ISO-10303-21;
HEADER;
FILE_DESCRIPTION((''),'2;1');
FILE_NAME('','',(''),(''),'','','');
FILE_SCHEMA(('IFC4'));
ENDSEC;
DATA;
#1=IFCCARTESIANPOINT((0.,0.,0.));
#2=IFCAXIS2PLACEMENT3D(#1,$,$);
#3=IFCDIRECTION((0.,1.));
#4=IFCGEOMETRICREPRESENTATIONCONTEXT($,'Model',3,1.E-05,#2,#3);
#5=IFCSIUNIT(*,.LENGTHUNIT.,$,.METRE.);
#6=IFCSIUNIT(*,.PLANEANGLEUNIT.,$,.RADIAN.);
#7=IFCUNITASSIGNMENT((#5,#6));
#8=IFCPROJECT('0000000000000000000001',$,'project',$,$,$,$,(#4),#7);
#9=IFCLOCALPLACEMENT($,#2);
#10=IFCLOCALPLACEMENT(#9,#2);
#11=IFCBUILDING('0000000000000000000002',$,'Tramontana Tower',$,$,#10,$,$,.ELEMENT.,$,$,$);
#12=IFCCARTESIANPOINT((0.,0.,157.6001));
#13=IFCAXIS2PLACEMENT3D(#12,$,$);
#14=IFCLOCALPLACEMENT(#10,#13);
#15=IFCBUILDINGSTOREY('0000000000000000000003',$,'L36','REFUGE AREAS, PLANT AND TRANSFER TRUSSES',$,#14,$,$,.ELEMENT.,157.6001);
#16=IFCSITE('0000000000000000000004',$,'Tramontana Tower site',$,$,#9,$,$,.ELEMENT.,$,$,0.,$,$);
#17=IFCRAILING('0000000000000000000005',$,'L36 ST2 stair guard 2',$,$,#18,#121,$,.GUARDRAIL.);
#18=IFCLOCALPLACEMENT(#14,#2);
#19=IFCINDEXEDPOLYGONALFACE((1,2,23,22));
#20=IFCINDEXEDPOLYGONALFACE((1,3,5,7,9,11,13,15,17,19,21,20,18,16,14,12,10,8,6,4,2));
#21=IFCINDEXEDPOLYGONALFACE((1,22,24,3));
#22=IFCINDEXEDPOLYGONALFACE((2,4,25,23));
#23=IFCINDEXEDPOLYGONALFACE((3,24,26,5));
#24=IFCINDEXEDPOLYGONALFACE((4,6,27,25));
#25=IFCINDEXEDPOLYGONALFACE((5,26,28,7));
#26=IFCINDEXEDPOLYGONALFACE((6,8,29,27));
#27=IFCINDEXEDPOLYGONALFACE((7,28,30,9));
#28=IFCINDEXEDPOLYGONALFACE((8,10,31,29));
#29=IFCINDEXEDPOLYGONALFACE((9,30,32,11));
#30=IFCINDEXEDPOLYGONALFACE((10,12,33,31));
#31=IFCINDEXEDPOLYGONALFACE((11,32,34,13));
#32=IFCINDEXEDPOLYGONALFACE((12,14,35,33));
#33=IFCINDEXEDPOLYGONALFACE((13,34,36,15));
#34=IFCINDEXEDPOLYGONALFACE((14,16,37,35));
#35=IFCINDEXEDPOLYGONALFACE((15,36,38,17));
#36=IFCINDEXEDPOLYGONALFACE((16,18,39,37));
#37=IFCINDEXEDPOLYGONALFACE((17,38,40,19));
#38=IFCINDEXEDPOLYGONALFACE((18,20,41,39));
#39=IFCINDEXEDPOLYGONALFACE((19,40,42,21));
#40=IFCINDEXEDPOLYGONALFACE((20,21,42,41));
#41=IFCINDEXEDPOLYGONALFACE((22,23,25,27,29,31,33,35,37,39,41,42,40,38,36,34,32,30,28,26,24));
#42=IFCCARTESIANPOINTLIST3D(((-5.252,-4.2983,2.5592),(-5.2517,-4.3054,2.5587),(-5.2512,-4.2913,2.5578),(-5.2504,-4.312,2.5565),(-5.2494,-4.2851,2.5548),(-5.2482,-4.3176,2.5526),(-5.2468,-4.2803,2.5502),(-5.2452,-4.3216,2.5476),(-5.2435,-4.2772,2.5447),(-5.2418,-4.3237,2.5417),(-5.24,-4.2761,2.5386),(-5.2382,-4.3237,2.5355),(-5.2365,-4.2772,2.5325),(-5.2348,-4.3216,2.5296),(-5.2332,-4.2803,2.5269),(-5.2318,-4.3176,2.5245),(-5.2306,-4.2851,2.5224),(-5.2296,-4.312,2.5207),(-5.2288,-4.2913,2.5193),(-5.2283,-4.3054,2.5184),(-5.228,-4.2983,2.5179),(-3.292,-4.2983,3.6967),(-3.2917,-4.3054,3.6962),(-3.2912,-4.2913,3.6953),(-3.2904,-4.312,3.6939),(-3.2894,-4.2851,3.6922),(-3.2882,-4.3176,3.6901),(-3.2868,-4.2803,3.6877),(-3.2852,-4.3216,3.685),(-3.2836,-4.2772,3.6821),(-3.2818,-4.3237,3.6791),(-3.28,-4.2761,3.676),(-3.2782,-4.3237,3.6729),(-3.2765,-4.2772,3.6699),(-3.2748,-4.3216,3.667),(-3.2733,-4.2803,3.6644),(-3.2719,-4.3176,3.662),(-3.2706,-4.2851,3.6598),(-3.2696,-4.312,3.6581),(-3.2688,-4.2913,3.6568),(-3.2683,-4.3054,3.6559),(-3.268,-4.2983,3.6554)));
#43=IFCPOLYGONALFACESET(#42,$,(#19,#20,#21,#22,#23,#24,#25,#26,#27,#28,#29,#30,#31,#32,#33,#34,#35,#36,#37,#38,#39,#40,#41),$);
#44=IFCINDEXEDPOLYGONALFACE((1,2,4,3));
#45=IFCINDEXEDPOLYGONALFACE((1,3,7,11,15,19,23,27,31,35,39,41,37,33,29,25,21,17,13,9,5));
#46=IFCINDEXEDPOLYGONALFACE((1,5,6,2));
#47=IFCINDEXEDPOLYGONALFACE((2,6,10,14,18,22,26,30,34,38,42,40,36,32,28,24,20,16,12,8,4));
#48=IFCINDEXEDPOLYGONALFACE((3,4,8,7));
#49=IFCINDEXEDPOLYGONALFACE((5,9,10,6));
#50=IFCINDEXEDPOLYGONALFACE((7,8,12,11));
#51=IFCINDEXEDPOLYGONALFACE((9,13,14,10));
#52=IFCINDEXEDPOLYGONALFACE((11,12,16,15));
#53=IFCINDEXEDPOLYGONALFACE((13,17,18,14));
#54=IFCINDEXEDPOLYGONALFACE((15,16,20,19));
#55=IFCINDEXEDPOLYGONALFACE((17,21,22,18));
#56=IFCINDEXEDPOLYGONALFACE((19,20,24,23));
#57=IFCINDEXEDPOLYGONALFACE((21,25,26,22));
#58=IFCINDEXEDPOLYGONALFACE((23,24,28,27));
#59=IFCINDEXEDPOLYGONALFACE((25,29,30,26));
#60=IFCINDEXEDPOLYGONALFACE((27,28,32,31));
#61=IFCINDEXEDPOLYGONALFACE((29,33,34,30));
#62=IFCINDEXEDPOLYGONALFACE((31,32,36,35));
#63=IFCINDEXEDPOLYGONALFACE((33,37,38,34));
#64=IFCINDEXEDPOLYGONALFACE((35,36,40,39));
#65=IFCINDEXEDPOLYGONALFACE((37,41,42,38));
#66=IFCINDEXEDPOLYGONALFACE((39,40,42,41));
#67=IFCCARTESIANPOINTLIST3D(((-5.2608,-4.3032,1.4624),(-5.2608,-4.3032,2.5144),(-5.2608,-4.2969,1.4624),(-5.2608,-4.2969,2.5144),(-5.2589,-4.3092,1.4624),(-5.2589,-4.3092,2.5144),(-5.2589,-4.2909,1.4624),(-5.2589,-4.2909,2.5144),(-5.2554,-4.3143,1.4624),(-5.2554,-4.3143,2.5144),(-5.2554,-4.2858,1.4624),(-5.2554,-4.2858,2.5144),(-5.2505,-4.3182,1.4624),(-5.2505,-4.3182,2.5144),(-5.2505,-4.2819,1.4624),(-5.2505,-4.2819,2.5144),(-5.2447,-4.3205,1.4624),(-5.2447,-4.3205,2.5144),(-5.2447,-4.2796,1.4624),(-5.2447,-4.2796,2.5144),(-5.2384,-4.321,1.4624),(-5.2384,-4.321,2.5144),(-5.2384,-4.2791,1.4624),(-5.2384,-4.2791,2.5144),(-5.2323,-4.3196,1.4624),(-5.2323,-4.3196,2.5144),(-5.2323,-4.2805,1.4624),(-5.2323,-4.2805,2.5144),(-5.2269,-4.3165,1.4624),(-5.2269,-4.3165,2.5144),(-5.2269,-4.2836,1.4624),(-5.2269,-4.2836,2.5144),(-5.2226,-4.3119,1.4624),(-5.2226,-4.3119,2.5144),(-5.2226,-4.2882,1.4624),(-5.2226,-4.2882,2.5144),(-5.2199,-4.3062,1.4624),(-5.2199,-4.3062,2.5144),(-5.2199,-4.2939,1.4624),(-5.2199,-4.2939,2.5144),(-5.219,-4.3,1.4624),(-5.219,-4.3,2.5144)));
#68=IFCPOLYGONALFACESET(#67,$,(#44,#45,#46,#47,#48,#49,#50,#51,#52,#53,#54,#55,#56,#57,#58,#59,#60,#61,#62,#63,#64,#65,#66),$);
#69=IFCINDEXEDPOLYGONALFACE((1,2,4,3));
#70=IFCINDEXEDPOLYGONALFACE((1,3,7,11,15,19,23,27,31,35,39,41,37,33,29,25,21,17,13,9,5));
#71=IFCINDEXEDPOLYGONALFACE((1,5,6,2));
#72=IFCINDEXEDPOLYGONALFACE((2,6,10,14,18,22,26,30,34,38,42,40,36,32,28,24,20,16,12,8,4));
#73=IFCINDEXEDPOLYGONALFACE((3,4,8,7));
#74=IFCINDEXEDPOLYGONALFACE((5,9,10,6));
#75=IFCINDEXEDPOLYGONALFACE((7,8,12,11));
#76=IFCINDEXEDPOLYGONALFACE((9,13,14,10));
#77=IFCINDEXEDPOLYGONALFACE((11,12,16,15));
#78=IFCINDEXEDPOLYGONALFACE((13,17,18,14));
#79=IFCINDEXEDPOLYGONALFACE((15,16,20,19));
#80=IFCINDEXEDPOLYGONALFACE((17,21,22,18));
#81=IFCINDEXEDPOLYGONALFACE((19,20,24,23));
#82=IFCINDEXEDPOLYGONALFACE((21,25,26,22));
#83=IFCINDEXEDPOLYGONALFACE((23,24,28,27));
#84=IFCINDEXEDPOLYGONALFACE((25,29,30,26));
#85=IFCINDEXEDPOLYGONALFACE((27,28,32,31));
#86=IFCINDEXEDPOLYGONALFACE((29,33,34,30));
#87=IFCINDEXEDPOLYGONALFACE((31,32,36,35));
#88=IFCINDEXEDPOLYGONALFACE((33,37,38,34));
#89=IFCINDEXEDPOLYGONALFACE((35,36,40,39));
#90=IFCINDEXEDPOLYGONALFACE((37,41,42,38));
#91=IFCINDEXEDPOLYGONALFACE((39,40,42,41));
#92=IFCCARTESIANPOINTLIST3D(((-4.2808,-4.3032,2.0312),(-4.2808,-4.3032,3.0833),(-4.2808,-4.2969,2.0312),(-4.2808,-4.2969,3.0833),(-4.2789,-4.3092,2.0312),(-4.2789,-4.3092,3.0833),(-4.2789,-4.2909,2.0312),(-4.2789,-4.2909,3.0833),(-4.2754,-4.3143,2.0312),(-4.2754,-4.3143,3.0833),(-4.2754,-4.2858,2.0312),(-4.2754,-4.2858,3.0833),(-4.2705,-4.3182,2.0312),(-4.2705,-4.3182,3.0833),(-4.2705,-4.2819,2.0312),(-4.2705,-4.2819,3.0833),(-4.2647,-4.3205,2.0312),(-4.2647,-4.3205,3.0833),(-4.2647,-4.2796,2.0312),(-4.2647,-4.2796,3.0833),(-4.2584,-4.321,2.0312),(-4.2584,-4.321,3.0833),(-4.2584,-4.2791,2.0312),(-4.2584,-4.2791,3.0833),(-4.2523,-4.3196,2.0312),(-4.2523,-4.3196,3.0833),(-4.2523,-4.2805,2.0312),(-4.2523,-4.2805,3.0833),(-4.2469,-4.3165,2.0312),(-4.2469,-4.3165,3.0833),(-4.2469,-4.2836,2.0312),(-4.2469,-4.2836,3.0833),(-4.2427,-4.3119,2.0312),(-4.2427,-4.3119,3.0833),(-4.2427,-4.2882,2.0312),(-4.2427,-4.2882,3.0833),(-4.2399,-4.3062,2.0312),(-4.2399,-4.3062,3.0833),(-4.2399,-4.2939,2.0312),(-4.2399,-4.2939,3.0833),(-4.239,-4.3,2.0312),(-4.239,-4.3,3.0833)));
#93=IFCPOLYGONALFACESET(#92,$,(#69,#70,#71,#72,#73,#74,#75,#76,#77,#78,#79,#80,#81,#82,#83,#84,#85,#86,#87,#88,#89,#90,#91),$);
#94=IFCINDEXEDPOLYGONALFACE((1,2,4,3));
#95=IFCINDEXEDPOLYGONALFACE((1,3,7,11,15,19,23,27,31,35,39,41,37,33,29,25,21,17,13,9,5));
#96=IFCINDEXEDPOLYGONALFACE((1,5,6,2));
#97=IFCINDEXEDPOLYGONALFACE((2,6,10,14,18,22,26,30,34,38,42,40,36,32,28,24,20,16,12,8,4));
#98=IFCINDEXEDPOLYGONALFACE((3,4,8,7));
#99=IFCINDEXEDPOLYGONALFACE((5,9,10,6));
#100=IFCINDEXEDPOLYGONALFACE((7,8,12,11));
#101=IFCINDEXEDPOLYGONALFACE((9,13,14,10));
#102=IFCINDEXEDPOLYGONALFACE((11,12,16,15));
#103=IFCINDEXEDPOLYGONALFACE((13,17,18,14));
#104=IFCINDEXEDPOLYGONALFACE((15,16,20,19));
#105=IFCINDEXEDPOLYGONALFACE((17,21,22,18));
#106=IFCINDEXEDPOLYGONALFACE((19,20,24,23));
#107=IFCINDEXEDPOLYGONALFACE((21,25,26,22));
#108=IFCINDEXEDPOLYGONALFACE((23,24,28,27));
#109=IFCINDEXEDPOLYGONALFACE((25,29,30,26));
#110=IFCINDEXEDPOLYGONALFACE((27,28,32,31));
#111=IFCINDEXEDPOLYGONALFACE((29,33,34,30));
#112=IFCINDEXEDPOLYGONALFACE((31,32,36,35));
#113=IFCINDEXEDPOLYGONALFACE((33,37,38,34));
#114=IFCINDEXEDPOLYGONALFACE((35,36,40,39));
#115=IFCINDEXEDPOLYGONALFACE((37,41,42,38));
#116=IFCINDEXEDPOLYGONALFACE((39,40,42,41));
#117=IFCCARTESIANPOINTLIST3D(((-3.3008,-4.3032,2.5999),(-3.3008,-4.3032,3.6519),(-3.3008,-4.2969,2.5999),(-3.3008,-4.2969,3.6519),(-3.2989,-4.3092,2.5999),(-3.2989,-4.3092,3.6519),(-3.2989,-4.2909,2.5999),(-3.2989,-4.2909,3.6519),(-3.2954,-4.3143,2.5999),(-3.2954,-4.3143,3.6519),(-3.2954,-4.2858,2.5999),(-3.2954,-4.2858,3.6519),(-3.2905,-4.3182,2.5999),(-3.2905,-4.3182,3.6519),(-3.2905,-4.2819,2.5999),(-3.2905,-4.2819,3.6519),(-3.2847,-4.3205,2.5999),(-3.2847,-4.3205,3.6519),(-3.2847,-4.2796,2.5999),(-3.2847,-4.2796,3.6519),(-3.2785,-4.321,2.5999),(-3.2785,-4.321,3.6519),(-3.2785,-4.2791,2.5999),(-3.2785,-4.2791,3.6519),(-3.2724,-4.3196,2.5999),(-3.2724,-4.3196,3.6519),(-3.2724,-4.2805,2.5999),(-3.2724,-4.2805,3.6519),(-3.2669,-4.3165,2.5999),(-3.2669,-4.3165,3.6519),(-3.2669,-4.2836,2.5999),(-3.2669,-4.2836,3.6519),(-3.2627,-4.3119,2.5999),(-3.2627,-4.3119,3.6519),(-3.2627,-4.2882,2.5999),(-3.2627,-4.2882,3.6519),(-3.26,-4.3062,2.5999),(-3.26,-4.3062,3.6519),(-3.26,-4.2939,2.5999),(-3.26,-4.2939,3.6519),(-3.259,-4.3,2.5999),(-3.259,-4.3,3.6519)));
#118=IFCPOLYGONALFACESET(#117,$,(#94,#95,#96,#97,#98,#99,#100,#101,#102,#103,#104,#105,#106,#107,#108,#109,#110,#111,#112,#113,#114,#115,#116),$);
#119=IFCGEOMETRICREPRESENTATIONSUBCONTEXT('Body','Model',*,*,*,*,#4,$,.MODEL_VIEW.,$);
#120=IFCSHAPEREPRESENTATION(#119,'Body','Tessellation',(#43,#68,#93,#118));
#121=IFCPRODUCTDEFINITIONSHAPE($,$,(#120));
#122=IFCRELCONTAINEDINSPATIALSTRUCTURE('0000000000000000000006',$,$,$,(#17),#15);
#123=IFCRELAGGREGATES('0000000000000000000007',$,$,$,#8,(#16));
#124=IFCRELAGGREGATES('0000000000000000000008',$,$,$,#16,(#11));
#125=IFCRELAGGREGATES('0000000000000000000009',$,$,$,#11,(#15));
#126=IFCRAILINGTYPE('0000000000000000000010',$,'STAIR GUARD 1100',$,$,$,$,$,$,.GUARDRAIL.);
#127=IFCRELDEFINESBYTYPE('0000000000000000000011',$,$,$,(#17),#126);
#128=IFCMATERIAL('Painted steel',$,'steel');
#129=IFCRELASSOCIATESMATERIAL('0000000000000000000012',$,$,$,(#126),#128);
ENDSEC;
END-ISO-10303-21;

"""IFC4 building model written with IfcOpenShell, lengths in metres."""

from ifc_helpers import new_model, si_unit, direction, frame, origin, origin_2d, place, context, subcontext, project, spatial, circle, extrude, material, type_object, element, save


model = new_model("IFC4")

# Units and contexts
model_context = context("Model", 3, precision=1e-05, world=origin(), true_north=direction((0.0, 1.0)))
body_context = subcontext(model_context, "Body", "Model", "MODEL_VIEW")
ifc_project = project(units=[si_unit("LENGTHUNIT", "METRE"), si_unit("PLANEANGLEUNIT", "RADIAN")], contexts=[model_context])

# Site, building, storey
site_placement = place(None, origin())
site = spatial("IfcSite", under=ifc_project, at=site_placement, Name="Tramontana Tower site", CompositionType="ELEMENT", RefElevation=0.0)
building_placement = place(site_placement, origin())
building = spatial("IfcBuilding", under=site, at=building_placement, Name="Tramontana Tower", CompositionType="ELEMENT")
storey_placement = place(building_placement, frame((0.0, 0.0, 157.6001)))
storey = spatial("IfcBuildingStorey", under=building, at=storey_placement, Name="L36", Description="REFUGE AREAS, PLANT AND TRANSFER TRUSSES", CompositionType="ELEMENT", Elevation=157.6001)

# Railing
ifc_material_1 = material(Name="Painted steel", Category="steel")
railing_type_1 = type_object("IfcRailingType", Name="STAIR GUARD 1100", PredefinedType="GUARDRAIL", material=ifc_material_1)
railing_1_placement = place(storey_placement, frame((-5.24, -4.3, 1.4624)))
element("IfcRailing", 1, at=railing_1_placement, inside=storey, type_object=railing_type_1, Name="L36 ST2 stair guard 2", PredefinedType="GUARDRAIL", context=body_context, shape_type="SweptSolid", body=[
    extrude(circle(Radius=0.0239, at=origin_2d()), frame((0.0, 0.0, 1.0762), z_axis=(0.864902, 0.0, 0.501941), x_axis=(0.0, 1.0, 0.0)), (0.0, 0.0, 1.0), 2.2661),
    extrude(circle(Radius=0.021, at=origin_2d()), origin(), (0.0, 0.0, 1.0), 1.052),
    extrude(circle(Radius=0.021, at=origin_2d()), frame((0.98, 0.0, 0.5688)), (0.0, 0.0, 1.0), 1.052),
    extrude(circle(Radius=0.021, at=origin_2d()), frame((1.96, 0.0, 1.1375)), (0.0, 0.0, 1.0), 1.052),
])

save(model, "model.ifc")
